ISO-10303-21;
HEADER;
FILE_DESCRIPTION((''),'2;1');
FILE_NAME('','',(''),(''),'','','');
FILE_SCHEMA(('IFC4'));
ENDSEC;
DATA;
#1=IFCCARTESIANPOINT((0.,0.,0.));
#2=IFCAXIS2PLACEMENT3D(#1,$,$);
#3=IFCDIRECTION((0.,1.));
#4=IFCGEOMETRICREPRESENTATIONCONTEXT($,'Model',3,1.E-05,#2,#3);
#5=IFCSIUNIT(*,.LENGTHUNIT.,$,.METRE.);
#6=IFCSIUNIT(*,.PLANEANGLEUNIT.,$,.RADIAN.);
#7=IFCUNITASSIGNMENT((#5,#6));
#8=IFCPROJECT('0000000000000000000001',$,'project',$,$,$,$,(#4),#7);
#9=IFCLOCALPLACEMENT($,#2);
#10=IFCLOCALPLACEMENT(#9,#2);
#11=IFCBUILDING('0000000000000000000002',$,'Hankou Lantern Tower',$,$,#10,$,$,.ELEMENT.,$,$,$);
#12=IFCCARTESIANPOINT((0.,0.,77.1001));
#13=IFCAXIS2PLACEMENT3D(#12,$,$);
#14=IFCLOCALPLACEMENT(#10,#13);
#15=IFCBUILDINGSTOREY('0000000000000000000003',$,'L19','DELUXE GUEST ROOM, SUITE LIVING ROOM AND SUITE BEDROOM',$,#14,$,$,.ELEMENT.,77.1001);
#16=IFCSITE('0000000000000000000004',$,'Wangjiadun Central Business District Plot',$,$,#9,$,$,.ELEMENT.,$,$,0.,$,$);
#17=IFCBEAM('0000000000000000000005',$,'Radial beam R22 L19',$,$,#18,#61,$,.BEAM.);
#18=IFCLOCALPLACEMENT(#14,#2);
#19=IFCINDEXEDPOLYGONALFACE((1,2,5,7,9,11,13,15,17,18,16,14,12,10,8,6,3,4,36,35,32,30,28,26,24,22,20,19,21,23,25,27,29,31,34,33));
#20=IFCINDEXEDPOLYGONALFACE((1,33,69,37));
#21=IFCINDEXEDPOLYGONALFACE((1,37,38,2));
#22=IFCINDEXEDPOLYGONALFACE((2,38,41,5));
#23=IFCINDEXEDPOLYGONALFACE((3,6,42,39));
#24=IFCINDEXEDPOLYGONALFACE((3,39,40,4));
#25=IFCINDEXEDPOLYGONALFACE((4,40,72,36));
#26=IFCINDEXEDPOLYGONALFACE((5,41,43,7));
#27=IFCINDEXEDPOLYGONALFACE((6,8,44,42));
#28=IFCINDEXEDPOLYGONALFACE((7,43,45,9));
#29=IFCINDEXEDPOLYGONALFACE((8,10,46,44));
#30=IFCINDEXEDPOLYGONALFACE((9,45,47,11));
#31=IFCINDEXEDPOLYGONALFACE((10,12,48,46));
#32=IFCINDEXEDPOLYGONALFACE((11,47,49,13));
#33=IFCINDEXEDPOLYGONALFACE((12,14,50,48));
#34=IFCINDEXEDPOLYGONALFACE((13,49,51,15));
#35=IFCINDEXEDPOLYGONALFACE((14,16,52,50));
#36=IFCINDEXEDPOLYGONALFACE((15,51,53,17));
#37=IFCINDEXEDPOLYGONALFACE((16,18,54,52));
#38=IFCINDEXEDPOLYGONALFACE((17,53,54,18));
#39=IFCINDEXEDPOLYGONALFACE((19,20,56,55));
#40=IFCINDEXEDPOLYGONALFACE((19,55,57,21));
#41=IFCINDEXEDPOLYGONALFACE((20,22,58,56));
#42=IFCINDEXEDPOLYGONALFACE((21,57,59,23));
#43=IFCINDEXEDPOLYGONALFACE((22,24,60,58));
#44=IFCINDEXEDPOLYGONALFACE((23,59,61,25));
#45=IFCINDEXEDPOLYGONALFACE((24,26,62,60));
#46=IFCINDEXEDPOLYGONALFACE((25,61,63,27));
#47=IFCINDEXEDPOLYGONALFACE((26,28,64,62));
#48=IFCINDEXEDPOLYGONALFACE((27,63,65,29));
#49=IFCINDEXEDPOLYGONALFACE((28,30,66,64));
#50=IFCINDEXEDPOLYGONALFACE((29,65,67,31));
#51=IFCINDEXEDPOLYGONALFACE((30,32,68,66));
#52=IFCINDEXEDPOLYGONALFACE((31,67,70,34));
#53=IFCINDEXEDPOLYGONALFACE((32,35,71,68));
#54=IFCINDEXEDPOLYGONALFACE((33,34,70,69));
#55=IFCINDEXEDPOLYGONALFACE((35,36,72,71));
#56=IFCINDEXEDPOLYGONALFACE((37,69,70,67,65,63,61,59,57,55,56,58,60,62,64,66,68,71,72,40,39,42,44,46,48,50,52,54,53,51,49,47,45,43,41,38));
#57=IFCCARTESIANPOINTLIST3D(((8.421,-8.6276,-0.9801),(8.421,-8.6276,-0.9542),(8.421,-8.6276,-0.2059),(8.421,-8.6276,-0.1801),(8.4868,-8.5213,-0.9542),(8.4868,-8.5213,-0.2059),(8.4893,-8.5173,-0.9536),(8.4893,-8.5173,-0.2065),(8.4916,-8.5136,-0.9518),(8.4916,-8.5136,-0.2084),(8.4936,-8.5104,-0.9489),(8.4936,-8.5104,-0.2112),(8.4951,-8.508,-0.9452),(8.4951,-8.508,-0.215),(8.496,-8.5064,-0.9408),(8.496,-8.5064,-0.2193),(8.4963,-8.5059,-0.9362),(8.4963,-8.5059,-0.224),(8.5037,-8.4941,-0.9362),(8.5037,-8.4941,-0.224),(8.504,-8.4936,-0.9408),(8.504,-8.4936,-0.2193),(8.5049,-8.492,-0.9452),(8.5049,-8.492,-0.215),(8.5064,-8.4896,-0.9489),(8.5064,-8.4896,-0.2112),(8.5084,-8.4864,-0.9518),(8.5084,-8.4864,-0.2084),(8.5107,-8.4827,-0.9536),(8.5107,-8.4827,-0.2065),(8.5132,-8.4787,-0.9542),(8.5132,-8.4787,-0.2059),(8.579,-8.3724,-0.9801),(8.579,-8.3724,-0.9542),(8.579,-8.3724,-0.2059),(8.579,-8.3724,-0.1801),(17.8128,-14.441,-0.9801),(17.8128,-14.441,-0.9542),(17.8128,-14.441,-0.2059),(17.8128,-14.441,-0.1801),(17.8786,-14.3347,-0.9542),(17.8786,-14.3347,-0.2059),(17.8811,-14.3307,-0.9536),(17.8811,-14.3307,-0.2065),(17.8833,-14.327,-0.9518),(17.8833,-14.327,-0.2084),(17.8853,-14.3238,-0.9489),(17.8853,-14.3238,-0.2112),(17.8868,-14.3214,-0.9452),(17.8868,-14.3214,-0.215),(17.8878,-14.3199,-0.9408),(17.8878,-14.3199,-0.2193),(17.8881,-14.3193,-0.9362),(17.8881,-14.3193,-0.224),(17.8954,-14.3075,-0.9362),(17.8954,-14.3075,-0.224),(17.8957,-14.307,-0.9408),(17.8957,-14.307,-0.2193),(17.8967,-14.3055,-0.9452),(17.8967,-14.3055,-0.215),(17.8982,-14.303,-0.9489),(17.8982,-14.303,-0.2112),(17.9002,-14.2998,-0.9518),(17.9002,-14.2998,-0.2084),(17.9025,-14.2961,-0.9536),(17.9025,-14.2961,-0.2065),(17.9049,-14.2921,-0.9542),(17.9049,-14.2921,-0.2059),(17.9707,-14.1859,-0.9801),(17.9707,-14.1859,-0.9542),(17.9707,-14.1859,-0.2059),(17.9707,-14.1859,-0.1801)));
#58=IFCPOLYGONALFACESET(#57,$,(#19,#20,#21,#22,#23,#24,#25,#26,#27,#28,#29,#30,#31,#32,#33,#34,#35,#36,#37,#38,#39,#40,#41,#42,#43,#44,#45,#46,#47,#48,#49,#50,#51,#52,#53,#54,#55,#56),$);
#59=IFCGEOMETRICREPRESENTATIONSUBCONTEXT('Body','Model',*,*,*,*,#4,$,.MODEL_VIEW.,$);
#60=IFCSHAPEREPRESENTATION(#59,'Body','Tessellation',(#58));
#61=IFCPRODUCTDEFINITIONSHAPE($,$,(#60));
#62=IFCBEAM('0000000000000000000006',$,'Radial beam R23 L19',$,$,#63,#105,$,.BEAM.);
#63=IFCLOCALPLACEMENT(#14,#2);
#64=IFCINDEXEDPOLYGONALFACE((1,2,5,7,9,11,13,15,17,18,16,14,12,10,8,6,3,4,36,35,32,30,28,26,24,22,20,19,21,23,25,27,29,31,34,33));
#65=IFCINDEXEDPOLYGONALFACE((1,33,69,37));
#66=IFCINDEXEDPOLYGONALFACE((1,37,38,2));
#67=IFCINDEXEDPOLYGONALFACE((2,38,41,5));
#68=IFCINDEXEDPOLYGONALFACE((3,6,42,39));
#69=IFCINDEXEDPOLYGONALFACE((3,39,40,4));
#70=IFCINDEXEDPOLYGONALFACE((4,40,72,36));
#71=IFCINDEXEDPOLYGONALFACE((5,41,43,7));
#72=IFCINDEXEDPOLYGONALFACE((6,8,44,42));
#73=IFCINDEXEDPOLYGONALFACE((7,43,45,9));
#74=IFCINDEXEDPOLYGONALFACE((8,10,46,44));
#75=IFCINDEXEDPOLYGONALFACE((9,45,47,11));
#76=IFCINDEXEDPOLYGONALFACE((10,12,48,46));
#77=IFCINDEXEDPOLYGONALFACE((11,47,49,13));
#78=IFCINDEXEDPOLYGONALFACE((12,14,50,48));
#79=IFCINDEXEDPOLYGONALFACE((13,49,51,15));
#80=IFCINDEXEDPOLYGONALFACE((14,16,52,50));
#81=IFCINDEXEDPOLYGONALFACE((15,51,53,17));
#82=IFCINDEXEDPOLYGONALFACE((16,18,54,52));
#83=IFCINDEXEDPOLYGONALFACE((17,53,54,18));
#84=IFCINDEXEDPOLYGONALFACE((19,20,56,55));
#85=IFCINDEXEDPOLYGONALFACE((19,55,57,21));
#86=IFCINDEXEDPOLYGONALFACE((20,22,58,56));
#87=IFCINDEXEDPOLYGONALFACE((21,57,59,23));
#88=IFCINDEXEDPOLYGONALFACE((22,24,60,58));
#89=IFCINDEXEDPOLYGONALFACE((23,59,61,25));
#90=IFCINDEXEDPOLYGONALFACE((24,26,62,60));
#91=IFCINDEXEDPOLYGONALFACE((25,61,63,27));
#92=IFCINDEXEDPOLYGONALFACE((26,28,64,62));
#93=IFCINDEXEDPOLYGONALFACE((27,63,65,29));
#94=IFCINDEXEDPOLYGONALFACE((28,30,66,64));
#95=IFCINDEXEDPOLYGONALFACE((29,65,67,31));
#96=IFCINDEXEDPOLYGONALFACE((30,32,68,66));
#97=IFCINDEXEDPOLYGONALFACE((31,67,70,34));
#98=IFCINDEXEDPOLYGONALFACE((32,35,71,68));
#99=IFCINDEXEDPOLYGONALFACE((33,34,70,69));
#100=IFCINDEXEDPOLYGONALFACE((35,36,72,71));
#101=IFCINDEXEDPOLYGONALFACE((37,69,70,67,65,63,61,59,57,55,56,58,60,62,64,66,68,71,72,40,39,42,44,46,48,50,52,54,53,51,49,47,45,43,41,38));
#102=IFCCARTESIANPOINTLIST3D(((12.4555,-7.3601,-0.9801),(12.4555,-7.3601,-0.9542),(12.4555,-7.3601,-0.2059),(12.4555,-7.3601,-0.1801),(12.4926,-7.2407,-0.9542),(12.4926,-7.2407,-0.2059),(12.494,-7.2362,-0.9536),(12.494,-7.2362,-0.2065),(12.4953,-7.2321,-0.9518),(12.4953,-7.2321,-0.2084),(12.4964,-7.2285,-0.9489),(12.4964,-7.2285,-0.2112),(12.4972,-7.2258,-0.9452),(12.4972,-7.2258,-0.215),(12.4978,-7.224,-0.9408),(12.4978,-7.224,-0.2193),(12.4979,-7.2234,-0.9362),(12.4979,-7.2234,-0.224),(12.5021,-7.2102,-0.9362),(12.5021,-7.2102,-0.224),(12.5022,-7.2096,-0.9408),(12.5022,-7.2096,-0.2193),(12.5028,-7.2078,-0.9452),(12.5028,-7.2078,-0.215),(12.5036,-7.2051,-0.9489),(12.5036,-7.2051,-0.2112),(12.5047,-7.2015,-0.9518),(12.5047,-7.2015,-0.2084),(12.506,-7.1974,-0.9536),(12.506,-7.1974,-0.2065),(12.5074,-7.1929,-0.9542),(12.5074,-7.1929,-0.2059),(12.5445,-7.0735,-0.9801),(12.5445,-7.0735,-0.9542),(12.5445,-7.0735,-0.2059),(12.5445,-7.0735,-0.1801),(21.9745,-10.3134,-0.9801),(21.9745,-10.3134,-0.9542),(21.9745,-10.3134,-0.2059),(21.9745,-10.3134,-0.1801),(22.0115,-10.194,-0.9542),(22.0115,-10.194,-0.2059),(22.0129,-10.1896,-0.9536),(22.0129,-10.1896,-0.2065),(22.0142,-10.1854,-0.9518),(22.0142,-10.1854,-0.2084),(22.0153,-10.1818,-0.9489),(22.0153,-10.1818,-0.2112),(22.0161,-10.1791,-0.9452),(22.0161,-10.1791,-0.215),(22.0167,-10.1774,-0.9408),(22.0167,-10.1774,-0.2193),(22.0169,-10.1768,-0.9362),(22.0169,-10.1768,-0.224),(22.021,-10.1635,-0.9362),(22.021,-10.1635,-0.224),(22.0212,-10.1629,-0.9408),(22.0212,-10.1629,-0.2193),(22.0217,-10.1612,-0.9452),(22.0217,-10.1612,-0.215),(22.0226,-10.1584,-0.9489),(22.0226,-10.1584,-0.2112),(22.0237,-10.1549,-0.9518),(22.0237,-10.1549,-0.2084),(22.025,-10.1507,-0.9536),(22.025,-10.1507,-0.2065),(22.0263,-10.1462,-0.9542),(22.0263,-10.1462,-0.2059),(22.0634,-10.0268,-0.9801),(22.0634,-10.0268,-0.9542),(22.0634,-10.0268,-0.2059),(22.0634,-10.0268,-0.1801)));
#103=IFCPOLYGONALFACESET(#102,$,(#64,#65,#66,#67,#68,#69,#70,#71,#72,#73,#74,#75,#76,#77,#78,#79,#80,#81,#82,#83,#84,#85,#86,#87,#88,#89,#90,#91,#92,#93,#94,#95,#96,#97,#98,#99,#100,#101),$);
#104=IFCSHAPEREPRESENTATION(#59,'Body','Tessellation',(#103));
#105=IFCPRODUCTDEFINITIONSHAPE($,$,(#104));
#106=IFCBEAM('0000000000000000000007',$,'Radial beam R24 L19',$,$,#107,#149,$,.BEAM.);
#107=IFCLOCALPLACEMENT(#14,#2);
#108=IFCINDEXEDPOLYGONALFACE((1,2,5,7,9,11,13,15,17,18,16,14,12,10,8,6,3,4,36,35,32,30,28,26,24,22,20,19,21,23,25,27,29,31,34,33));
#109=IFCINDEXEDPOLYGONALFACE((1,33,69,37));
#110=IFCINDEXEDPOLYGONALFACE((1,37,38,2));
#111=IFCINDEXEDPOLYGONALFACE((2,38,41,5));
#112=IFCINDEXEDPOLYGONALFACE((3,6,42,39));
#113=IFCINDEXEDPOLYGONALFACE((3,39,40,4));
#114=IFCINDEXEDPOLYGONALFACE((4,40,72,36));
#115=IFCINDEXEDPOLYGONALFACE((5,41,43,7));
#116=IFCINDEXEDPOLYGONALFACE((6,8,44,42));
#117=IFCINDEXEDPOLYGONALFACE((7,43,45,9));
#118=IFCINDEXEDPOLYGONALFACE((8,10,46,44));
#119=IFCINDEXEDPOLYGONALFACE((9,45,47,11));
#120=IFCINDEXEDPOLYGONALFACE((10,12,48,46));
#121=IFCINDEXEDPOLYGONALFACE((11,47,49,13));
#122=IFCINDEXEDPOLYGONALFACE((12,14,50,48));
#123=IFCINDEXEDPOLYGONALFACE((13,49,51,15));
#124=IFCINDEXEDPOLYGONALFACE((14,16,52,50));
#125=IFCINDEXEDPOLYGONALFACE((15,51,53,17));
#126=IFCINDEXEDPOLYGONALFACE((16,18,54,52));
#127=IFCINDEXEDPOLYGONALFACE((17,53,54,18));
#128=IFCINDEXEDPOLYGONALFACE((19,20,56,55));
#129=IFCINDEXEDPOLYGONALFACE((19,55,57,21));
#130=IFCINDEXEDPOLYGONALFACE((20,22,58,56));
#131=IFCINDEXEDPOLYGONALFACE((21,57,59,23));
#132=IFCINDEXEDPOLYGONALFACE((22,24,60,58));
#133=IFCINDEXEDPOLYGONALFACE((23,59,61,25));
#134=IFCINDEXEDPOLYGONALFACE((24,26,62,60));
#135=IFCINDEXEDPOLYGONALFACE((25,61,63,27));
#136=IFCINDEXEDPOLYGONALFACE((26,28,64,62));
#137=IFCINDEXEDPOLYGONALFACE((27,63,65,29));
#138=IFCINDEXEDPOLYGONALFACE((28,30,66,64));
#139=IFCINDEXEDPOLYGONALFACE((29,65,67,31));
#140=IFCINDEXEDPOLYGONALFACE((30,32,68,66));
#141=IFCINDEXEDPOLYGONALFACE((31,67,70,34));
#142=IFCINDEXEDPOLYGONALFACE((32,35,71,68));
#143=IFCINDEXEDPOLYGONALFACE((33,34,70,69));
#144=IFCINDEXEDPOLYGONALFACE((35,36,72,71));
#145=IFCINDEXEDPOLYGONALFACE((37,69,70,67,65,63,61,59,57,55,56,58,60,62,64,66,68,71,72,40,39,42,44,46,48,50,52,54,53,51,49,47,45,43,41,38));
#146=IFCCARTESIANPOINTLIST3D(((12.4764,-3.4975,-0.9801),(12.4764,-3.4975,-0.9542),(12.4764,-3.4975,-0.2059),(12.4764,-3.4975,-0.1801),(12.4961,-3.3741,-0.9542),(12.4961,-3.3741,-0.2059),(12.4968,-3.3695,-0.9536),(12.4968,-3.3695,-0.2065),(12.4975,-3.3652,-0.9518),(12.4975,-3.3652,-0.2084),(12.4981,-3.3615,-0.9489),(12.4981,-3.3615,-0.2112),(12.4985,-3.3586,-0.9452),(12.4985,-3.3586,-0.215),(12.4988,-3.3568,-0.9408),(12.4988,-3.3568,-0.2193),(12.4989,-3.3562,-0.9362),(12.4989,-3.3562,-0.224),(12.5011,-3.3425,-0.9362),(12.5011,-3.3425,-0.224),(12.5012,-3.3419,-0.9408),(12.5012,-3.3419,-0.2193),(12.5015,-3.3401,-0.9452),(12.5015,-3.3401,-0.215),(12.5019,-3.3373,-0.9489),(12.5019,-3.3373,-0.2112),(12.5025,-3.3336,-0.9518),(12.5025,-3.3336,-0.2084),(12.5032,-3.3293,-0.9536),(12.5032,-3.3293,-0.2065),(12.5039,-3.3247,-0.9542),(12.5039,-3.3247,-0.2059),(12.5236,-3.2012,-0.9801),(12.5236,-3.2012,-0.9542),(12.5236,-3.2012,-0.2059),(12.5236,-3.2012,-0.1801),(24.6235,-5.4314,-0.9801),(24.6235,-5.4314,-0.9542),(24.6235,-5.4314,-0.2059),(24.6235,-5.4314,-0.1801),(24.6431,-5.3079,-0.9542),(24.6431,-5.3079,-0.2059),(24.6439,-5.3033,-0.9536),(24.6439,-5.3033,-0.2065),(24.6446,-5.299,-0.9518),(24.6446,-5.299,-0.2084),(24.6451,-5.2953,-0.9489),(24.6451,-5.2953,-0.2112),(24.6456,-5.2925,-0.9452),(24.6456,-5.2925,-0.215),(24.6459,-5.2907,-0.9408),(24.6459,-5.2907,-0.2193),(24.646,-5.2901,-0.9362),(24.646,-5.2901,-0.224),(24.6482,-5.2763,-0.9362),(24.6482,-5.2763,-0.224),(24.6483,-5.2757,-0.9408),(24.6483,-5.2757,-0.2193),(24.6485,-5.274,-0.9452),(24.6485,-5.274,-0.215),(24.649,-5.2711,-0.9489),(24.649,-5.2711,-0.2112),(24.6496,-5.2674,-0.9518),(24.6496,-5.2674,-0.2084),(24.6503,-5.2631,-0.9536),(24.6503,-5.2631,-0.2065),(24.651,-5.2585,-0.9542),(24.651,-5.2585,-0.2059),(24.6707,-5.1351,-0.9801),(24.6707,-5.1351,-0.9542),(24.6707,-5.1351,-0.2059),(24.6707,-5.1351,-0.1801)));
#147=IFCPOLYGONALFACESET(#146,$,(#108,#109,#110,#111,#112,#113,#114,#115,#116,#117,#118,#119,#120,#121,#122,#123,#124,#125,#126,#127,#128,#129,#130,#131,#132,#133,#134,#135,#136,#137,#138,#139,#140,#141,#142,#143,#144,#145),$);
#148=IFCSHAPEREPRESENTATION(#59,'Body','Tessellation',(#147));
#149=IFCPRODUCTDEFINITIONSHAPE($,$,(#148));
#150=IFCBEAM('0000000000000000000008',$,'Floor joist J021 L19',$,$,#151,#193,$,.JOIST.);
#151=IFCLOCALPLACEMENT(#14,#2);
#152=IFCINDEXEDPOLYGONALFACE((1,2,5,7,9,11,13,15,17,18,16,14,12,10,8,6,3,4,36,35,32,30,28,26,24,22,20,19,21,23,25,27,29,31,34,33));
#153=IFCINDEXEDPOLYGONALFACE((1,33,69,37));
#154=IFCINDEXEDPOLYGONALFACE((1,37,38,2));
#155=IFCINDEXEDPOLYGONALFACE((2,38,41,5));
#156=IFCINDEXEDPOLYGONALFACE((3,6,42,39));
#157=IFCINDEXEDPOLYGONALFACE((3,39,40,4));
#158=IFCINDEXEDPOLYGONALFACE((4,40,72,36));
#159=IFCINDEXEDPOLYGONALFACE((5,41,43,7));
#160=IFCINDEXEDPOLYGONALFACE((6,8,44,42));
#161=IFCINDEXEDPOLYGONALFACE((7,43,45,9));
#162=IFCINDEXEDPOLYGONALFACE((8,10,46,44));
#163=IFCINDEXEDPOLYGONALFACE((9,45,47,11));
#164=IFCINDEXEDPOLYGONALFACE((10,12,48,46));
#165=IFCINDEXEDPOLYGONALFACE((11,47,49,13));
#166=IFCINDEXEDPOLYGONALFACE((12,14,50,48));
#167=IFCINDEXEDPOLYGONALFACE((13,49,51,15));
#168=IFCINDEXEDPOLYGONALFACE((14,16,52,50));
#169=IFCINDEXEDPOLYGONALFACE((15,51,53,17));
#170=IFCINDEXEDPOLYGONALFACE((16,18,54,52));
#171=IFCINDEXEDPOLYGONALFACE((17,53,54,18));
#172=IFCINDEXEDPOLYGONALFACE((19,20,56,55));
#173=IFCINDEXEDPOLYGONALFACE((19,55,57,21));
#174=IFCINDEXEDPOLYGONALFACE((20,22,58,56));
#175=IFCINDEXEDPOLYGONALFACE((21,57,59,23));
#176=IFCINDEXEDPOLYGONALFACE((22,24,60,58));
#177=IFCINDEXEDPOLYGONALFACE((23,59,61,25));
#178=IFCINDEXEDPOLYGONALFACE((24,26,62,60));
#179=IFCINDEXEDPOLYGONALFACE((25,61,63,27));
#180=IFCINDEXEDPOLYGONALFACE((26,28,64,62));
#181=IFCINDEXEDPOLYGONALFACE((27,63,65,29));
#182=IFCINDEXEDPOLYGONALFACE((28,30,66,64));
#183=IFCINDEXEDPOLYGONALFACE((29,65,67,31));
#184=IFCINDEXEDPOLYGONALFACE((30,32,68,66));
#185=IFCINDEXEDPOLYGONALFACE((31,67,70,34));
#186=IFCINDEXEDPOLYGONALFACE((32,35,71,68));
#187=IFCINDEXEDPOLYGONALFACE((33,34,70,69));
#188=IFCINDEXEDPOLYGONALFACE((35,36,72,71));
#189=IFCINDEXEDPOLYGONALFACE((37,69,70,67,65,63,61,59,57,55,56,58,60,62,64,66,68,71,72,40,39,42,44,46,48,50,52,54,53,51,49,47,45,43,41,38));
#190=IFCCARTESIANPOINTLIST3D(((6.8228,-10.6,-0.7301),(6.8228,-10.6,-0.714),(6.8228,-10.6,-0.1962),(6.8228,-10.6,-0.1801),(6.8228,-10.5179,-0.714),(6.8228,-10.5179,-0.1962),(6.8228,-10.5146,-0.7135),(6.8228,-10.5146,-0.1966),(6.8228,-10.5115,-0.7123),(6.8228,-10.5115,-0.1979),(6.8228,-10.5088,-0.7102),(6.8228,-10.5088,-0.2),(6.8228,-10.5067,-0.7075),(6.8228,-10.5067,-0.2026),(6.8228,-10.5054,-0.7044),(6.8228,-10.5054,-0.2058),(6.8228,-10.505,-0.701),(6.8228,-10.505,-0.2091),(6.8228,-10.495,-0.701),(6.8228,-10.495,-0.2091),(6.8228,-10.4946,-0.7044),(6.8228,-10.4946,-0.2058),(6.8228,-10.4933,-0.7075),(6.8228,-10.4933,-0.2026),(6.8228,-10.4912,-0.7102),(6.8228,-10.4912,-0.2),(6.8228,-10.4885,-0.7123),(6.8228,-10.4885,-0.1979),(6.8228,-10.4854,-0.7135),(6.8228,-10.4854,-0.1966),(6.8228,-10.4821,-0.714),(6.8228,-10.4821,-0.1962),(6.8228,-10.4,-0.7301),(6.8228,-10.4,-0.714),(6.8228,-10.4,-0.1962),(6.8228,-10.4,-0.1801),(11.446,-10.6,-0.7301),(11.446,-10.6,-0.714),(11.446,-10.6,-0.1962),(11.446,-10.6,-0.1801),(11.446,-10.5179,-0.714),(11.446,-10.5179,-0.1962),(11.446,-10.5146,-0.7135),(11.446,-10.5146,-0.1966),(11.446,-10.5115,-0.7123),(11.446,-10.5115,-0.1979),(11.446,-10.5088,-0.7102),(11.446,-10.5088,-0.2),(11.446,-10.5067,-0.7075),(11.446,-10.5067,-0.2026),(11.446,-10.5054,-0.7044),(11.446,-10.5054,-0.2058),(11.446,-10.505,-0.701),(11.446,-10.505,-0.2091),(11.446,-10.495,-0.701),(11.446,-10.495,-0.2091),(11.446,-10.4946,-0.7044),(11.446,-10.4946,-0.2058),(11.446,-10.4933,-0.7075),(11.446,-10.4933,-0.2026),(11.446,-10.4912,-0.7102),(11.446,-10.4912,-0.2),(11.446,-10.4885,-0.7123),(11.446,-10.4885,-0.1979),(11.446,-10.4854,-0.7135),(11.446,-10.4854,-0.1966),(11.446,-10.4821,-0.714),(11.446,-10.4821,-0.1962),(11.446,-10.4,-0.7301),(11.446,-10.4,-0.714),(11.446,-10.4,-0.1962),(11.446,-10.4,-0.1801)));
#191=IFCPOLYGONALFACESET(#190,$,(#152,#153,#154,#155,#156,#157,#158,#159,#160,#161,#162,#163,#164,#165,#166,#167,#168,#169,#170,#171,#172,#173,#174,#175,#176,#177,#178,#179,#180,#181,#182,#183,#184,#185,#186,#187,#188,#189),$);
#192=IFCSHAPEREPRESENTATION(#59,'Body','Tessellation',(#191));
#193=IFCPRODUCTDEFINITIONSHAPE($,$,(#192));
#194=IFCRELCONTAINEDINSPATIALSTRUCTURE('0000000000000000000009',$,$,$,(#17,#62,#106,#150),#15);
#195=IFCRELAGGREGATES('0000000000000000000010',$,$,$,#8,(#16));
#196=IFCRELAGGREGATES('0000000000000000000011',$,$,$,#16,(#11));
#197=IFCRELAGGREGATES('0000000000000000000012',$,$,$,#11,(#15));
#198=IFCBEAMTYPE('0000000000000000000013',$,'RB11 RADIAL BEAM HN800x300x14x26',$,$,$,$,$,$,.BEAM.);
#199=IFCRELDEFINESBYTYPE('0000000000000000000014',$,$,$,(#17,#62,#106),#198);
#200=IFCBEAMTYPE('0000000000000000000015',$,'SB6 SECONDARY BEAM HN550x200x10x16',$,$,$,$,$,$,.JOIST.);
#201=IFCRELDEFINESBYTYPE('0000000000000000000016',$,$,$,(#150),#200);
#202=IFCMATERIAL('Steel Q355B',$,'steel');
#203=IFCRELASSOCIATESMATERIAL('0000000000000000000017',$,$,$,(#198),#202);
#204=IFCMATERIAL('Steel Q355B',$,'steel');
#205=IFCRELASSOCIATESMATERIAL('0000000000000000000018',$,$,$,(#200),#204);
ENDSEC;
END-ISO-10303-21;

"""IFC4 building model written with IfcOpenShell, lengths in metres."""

from ifc_helpers import new_model, si_unit, direction, frame, origin, origin_2d, place, context, subcontext, project, spatial, i_section, extrude, material, material_profile, profile_set, type_object, element, save


model = new_model("IFC4")

# Units and contexts
model_context = context("Model", 3, precision=1e-05, world=origin(), true_north=direction((0.0, 1.0)))
body_context = subcontext(model_context, "Body", "Model", "MODEL_VIEW")
ifc_project = project(units=[si_unit("LENGTHUNIT", "METRE"), si_unit("PLANEANGLEUNIT", "RADIAN")], contexts=[model_context])

# Site, building, storey
site_placement = place(None, origin())
site = spatial("IfcSite", under=ifc_project, at=site_placement, Name="Wangjiadun Central Business District Plot", CompositionType="ELEMENT", RefElevation=0.0)
building_placement = place(site_placement, origin())
building = spatial("IfcBuilding", under=site, at=building_placement, Name="Hankou Lantern Tower", CompositionType="ELEMENT")
storey_placement = place(building_placement, frame((0.0, 0.0, 77.1001)))
storey = spatial("IfcBuildingStorey", under=building, at=storey_placement, Name="L19", Description="DELUXE GUEST ROOM, SUITE LIVING ROOM AND SUITE BEDROOM", CompositionType="ELEMENT", Elevation=77.1001)

# Beams
ifc_material_1 = material(Name="Steel Q355B", Category="steel")
ifc_material_profile_1 = material_profile(ifc_material_1, i_section(OverallWidth=0.3, OverallDepth=0.8, WebThickness=0.0139, FlangeThickness=0.0259, FilletRadius=0.0181, at=origin_2d()), Name="HN800x300x14x26")
ifc_profile_set_1 = profile_set([ifc_material_profile_1], Name="Steel Q355B")
beam_type_1 = type_object("IfcBeamType", Name="RB11 RADIAL BEAM HN800x300x14x26", PredefinedType="BEAM", material=ifc_profile_set_1)
beam_1_placement = place(storey_placement, frame((8.5, -8.5, -0.5801), z_axis=(0.850286, -0.52632, 0.0), x_axis=(0.52632, 0.850286, 0.0)))
element("IfcBeam", 1, at=beam_1_placement, inside=storey, type_object=beam_type_1, Name="Radial beam R22 L19", PredefinedType="BEAM", context=body_context, shape_type="SweptSolid", body=[
    extrude(i_section(OverallWidth=0.3, OverallDepth=0.8, WebThickness=0.0139, FlangeThickness=0.0259, FilletRadius=0.0181, at=origin_2d()), origin(), (0.0, 0.0, 1.0), 11.0454),
])
beam_2_placement = place(storey_placement, frame((12.5, -7.2168, -0.5801), z_axis=(0.955087, -0.296324, 0.0), x_axis=(0.296324, 0.955087, 0.0)))
element("IfcBeam", 2, at=beam_2_placement, inside=storey, type_object=beam_type_1, Name="Radial beam R23 L19", PredefinedType="BEAM", context=body_context, shape_type="SweptSolid", body=[
    extrude(i_section(OverallWidth=0.3, OverallDepth=0.8, WebThickness=0.0139, FlangeThickness=0.0259, FilletRadius=0.0181, at=origin_2d()), origin(), (0.0, 0.0, 1.0), 9.9666),
])
beam_3_placement = place(storey_placement, frame((12.5, -3.3494, -0.5801), z_axis=(0.987563, -0.157223, 0.0), x_axis=(0.157223, 0.987563, 0.0)))
element("IfcBeam", 3, at=beam_3_placement, inside=storey, type_object=beam_type_1, Name="Radial beam R24 L19", PredefinedType="BEAM", context=body_context, shape_type="SweptSolid", body=[
    extrude(i_section(OverallWidth=0.3, OverallDepth=0.8, WebThickness=0.0139, FlangeThickness=0.0259, FilletRadius=0.0181, at=origin_2d()), origin(), (0.0, 0.0, 1.0), 12.3),
])
ifc_material_2 = material(Name="Steel Q355B", Category="steel")
ifc_material_profile_2 = material_profile(ifc_material_2, i_section(OverallWidth=0.2, OverallDepth=0.55, WebThickness=0.01, FlangeThickness=0.0161, FilletRadius=0.0129, at=origin_2d()), Name="HN550x200x10x16")
ifc_profile_set_2 = profile_set([ifc_material_profile_2], Name="Steel Q355B")
beam_type_2 = type_object("IfcBeamType", Name="SB6 SECONDARY BEAM HN550x200x10x16", PredefinedType="JOIST", material=ifc_profile_set_2)
beam_4_placement = place(storey_placement, frame((6.8228, -10.5, -0.4551), z_axis=(1.0, 0.0, 0.0), x_axis=(0.0, 1.0, 0.0)))
element("IfcBeam", 4, at=beam_4_placement, inside=storey, type_object=beam_type_2, Name="Floor joist J021 L19", PredefinedType="JOIST", context=body_context, shape_type="SweptSolid", body=[
    extrude(i_section(OverallWidth=0.2, OverallDepth=0.55, WebThickness=0.01, FlangeThickness=0.0161, FilletRadius=0.0129, at=origin_2d()), origin(), (0.0, 0.0, 1.0), 4.6233),
])

save(model, "model.ifc")
